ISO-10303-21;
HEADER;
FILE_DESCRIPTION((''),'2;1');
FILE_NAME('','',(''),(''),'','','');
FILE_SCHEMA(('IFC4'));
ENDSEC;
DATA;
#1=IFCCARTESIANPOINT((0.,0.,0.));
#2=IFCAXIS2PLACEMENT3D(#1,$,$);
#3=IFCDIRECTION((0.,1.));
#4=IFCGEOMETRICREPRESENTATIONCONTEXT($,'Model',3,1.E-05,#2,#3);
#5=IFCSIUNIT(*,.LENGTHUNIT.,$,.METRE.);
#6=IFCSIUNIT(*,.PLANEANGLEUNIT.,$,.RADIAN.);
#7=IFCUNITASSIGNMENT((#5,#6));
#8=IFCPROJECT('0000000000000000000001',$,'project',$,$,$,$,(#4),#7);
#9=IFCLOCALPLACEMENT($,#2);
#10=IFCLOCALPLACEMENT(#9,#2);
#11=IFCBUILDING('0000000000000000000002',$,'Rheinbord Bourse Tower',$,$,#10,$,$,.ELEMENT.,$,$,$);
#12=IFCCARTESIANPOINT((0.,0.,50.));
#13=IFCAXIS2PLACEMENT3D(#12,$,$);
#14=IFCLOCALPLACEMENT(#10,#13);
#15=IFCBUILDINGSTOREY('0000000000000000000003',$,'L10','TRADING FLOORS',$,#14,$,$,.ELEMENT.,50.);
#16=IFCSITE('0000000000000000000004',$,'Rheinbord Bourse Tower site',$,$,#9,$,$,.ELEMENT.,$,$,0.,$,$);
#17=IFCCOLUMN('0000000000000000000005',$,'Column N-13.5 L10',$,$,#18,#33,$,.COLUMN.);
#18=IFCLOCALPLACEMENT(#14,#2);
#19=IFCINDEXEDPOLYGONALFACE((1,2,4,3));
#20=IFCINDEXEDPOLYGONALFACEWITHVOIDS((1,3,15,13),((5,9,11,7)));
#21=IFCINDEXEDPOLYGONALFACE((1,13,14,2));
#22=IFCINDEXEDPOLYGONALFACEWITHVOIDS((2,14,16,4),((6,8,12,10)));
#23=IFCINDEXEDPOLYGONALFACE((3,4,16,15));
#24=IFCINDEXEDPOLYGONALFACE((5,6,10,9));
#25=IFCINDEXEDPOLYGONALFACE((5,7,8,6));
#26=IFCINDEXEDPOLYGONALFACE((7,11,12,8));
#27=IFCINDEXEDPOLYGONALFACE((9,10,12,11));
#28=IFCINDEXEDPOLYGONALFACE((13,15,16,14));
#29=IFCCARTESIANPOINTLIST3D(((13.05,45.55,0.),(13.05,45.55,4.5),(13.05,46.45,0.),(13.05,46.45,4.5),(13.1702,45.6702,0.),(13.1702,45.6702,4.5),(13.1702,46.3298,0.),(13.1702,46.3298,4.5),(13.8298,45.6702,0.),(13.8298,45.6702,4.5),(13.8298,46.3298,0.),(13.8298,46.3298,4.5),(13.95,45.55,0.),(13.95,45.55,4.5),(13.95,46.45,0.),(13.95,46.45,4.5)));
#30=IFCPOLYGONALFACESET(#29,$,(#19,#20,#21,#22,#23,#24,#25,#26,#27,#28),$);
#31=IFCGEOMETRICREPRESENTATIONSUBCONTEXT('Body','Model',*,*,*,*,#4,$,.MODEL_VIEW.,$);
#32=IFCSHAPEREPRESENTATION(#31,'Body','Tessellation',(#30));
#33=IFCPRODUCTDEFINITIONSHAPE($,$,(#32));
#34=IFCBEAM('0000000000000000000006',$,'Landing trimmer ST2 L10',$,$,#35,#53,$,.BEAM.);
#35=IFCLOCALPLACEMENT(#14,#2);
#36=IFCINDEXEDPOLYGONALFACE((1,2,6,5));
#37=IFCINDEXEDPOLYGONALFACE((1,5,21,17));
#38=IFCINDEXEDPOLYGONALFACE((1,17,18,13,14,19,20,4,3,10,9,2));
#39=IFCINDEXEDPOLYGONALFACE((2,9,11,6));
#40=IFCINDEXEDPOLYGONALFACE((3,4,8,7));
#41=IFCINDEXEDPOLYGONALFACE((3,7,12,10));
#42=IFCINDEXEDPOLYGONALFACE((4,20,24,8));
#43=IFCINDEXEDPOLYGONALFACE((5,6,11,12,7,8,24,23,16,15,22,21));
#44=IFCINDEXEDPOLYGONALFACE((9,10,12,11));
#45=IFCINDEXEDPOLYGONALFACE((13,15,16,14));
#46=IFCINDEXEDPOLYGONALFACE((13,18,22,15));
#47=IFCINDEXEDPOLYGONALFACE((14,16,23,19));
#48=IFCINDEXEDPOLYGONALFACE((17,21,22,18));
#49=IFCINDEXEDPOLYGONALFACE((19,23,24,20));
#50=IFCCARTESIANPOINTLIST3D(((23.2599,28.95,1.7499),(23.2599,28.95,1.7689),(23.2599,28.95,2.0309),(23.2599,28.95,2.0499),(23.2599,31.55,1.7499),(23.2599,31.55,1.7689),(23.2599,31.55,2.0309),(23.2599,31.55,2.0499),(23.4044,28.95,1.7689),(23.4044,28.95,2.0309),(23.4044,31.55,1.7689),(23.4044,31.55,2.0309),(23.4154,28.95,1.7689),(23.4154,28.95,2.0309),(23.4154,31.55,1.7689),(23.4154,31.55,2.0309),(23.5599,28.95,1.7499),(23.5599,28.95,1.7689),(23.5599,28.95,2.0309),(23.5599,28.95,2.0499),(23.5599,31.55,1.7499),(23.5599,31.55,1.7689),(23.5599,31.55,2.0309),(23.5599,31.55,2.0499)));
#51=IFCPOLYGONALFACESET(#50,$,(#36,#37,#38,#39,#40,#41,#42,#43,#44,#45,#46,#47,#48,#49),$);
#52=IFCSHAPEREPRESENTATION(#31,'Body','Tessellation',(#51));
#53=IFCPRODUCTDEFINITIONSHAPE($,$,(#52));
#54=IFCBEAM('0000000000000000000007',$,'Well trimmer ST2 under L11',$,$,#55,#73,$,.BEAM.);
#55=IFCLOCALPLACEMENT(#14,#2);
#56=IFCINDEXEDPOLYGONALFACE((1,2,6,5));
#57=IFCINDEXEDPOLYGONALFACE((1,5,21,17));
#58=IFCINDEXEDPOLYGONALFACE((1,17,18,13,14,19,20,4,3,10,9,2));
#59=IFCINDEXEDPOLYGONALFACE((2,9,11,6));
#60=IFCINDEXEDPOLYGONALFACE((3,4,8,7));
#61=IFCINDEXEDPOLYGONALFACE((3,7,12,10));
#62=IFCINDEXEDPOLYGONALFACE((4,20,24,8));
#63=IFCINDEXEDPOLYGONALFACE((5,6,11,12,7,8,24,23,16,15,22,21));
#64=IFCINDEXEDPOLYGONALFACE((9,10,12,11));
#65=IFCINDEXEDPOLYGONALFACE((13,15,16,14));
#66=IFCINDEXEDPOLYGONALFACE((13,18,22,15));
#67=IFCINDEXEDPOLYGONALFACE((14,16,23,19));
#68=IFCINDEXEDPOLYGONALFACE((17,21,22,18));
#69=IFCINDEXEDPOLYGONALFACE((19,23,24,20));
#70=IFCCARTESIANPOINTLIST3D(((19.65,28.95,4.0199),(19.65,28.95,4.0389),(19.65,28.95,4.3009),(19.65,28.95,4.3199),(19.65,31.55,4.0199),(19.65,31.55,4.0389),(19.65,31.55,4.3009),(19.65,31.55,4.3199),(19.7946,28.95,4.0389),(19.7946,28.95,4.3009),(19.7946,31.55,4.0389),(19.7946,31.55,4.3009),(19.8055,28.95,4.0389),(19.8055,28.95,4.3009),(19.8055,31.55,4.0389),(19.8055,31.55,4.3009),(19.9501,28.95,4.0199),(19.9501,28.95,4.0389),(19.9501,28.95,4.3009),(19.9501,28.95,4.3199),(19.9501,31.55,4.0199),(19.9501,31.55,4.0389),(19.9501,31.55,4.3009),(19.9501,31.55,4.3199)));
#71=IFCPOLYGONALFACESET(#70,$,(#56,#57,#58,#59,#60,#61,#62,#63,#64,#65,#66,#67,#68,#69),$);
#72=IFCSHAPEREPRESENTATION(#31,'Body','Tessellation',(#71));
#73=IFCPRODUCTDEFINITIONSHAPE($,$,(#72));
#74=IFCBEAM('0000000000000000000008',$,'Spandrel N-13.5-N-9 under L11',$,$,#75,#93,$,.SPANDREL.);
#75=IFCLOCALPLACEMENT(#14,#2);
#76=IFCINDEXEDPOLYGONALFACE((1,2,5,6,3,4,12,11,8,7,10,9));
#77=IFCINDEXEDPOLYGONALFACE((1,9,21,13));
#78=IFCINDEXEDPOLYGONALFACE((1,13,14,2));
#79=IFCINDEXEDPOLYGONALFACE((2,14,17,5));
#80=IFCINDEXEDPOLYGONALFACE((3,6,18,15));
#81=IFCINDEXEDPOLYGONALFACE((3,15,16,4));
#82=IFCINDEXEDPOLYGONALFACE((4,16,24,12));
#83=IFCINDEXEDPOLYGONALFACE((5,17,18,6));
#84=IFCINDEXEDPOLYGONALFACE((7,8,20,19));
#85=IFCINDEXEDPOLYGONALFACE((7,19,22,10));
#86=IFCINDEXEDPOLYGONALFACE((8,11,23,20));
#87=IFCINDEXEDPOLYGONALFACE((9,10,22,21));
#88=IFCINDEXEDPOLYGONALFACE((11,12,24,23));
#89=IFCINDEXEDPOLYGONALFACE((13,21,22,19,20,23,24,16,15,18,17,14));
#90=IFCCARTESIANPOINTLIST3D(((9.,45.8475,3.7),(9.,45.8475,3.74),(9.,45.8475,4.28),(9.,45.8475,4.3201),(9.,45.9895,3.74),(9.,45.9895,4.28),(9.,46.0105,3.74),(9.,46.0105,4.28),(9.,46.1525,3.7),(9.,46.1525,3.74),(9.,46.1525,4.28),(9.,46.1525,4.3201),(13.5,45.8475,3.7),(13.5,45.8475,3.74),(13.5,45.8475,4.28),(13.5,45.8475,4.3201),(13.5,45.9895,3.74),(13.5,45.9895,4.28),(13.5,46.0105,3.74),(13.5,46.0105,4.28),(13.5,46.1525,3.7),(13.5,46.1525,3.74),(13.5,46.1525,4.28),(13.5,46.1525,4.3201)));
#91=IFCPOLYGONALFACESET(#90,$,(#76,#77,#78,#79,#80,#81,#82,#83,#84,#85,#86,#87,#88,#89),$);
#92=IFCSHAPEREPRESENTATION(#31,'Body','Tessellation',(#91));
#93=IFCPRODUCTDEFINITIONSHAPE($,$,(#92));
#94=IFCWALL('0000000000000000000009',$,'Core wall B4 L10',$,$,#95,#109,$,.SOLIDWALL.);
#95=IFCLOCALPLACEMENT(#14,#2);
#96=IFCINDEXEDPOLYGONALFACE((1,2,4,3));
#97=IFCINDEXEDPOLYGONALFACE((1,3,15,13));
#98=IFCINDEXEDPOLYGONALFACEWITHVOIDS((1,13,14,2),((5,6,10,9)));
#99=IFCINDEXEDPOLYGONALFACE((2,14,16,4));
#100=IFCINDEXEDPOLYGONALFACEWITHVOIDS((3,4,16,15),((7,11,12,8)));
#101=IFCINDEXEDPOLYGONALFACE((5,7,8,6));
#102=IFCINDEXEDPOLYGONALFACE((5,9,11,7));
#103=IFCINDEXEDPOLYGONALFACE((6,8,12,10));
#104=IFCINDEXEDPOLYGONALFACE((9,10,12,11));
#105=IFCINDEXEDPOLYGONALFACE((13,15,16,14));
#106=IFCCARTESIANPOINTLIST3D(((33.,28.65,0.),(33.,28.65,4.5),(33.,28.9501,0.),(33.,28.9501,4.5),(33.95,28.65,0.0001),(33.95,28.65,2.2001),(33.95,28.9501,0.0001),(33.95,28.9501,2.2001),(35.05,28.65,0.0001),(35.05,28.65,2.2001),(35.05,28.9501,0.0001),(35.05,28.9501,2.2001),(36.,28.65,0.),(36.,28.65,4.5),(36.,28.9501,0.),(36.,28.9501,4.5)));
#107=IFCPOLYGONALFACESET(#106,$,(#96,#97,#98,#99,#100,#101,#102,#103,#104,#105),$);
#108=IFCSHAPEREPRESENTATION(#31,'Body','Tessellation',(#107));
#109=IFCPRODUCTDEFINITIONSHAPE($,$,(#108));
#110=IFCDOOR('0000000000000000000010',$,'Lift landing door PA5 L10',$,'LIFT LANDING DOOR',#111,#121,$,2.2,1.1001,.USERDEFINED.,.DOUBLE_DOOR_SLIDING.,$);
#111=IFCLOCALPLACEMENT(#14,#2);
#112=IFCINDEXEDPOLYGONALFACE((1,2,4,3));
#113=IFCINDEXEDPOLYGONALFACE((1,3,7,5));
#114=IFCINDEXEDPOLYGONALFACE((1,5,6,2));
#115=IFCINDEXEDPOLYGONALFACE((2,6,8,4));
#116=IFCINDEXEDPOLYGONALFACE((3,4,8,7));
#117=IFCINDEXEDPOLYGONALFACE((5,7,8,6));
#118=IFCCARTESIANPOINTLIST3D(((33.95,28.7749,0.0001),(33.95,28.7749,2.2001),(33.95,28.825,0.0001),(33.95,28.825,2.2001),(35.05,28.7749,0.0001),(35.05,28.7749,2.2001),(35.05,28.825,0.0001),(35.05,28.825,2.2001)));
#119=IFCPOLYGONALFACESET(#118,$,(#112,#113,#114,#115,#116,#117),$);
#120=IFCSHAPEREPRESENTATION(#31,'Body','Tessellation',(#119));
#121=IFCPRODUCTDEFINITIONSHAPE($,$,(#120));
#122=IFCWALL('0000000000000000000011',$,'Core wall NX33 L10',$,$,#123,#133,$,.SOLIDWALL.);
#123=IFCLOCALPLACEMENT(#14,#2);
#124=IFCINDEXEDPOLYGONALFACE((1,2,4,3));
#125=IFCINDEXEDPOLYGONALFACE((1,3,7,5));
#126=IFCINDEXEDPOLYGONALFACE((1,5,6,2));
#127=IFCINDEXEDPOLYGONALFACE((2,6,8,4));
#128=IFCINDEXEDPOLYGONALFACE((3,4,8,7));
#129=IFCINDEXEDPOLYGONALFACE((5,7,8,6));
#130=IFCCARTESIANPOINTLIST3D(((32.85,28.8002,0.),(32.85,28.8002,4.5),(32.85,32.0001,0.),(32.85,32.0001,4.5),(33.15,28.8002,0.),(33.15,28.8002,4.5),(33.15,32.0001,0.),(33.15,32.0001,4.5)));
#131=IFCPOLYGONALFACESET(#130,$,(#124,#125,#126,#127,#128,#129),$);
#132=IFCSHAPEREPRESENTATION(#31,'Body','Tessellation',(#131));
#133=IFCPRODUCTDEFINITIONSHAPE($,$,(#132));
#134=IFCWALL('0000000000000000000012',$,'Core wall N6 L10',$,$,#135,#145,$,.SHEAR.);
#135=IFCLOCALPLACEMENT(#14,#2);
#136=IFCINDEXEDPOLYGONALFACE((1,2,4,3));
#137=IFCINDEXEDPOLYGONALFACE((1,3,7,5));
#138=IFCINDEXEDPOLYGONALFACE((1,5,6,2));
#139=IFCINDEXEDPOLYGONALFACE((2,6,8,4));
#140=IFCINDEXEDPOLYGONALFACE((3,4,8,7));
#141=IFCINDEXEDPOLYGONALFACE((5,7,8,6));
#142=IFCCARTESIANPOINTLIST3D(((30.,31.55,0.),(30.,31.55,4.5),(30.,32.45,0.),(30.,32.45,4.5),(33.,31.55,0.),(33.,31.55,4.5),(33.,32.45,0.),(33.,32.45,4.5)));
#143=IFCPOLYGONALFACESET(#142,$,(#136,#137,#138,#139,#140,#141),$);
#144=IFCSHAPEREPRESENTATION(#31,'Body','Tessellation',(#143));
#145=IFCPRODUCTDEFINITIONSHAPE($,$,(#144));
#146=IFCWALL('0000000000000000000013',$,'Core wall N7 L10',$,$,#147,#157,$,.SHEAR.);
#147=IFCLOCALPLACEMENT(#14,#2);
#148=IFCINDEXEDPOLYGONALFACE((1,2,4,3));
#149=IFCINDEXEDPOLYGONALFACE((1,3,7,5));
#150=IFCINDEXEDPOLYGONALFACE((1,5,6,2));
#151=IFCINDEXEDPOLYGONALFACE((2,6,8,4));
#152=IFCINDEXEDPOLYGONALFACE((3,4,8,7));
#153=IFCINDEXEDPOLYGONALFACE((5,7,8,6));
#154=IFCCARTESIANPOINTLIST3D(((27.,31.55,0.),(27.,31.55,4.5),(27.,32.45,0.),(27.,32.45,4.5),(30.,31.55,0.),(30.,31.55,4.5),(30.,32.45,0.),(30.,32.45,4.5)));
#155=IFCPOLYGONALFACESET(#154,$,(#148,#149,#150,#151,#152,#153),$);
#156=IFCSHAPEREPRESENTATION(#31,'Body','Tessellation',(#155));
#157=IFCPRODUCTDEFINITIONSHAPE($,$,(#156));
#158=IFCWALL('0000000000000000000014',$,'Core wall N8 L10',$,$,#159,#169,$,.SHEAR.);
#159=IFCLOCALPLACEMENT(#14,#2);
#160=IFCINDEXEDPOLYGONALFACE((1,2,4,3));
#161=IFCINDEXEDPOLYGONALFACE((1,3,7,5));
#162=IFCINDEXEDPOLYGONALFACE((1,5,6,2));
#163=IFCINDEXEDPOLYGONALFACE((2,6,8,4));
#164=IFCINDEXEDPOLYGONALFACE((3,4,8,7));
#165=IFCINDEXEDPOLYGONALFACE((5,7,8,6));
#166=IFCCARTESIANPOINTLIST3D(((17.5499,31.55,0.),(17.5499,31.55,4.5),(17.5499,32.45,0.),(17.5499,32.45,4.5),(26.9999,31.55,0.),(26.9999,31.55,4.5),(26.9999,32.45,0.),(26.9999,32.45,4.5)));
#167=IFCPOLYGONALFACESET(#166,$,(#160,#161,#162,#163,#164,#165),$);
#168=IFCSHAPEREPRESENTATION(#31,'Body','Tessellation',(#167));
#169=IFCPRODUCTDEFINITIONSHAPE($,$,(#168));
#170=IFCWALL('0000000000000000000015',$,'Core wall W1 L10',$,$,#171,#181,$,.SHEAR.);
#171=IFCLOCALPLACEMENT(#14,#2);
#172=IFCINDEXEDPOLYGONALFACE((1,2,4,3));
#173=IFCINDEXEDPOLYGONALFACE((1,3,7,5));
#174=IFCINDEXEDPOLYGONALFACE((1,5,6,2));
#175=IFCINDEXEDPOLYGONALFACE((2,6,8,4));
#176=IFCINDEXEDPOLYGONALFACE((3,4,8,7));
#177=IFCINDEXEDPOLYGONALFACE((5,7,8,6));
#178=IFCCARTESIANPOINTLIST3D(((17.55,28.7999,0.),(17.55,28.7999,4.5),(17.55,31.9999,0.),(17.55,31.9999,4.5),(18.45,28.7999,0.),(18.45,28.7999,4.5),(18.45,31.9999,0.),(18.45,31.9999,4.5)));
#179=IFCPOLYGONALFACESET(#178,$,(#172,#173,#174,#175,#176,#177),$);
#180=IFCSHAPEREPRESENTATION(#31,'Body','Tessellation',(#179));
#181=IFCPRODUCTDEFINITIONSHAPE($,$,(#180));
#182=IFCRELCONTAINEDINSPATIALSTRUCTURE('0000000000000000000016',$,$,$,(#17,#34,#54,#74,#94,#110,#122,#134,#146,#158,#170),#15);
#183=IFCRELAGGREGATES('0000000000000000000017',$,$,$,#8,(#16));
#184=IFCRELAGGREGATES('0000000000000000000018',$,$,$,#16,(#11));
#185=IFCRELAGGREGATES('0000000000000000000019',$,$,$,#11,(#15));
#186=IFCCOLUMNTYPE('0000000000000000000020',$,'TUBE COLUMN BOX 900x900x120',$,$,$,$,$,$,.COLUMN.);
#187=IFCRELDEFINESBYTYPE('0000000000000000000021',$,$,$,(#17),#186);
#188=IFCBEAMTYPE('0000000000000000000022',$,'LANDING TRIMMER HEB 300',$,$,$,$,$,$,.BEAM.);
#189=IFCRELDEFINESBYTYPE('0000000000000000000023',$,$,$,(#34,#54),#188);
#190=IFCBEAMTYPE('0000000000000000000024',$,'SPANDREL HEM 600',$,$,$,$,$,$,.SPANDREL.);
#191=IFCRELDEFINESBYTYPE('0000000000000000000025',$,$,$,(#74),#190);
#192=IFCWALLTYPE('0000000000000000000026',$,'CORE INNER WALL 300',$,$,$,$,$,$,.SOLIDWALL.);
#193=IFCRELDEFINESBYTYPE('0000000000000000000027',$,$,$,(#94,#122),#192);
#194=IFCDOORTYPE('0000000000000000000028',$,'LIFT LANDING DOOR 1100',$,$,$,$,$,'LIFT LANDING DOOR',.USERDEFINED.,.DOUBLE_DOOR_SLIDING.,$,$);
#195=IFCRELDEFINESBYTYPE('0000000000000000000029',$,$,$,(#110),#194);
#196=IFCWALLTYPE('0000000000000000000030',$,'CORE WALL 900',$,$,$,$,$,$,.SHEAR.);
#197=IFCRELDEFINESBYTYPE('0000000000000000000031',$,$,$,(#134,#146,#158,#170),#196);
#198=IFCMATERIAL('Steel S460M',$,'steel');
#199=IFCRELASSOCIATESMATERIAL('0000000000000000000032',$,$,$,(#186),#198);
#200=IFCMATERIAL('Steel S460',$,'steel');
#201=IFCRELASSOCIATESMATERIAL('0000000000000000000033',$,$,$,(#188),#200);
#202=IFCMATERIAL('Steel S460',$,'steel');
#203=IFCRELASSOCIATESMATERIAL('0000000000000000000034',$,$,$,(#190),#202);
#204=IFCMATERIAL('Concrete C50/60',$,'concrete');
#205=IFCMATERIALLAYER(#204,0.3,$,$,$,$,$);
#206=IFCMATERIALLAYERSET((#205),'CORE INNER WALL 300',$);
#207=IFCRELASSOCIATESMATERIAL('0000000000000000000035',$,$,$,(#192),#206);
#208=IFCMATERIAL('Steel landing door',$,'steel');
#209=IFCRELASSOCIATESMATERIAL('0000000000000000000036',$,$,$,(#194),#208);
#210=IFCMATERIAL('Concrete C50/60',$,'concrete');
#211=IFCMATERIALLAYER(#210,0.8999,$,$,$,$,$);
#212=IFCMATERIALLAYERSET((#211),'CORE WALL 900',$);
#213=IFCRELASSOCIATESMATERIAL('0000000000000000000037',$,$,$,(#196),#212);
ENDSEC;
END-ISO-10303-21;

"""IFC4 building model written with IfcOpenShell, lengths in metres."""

from ifc_helpers import new_model, si_unit, direction, frame, frame_2d, origin, origin_2d, place, context, subcontext, project, spatial, rectangle, hollow_rectangle, i_section, extrude, material, layer, layer_set, material_profile, profile_set, type_object, element, fill, save


model = new_model("IFC4")

# Units and contexts
model_context = context("Model", 3, precision=1e-05, world=origin(), true_north=direction((0.0, 1.0)))
body_context = subcontext(model_context, "Body", "Model", "MODEL_VIEW")
ifc_project = project(units=[si_unit("LENGTHUNIT", "METRE"), si_unit("PLANEANGLEUNIT", "RADIAN")], contexts=[model_context])

# Site, building, storey
site_placement = place(None, origin())
site = spatial("IfcSite", under=ifc_project, at=site_placement, Name="Rheinbord Bourse Tower site", CompositionType="ELEMENT", RefElevation=0.0)
building_placement = place(site_placement, origin())
building = spatial("IfcBuilding", under=site, at=building_placement, Name="Rheinbord Bourse Tower", CompositionType="ELEMENT")
storey_placement = place(building_placement, frame((0.0, 0.0, 50.0)))
storey = spatial("IfcBuildingStorey", under=building, at=storey_placement, Name="L10", Description="TRADING FLOORS", CompositionType="ELEMENT", Elevation=50.0)

# Column
ifc_material_1 = material(Name="Steel S460M", Category="steel")
ifc_material_profile_1 = material_profile(ifc_material_1, hollow_rectangle(XDim=0.8999, YDim=0.8999, WallThickness=0.1201, at=origin_2d()), Name="BOX 900x900x120")
ifc_profile_set_1 = profile_set([ifc_material_profile_1], Name="Steel S460M")
column_type = type_object("IfcColumnType", Name="TUBE COLUMN BOX 900x900x120", PredefinedType="COLUMN", material=ifc_profile_set_1)
column_placement = place(storey_placement, frame((13.5, 46.0, 0.0), z_axis=(0.0, 0.0, 1.0), x_axis=(0.0, 1.0, 0.0)))
element("IfcColumn", 1, at=column_placement, inside=storey, type_object=column_type, Name="Column N-13.5 L10", PredefinedType="COLUMN", context=body_context, shape_type="SweptSolid", body=[
    extrude(hollow_rectangle(XDim=0.8999, YDim=0.8999, WallThickness=0.1201, at=origin_2d()), origin(), (0.0, 0.0, 1.0), 4.5),
])

# Beams
ifc_material_2 = material(Name="Steel S460", Category="steel")
ifc_material_profile_2 = material_profile(ifc_material_2, i_section(OverallWidth=0.3, OverallDepth=0.3, WebThickness=0.011, FlangeThickness=0.019, at=origin_2d()), Name="HEB 300")
ifc_profile_set_2 = profile_set([ifc_material_profile_2], Name="Steel S460")
beam_type_1 = type_object("IfcBeamType", Name="LANDING TRIMMER HEB 300", PredefinedType="BEAM", material=ifc_profile_set_2)
for number, where, z_axis, x_axis, name in (
    (2, (23.4099, 28.95, 1.8999), (0.0, 1.0, 0.0), (-1.0, 0.0, 0.0), "Landing trimmer ST2 L10"),
    (3, (19.8, 28.95, 4.1699), (0.0, 1.0, 0.0), (-1.0, 0.0, 0.0), "Well trimmer ST2 under L11"),
):
    element("IfcBeam", number, at=place(storey_placement, frame(where, z_axis=z_axis, x_axis=x_axis)), inside=storey, type_object=beam_type_1, Name=name, PredefinedType="BEAM", context=body_context, shape_type="SweptSolid", body=[
        extrude(i_section(OverallWidth=0.3, OverallDepth=0.3, WebThickness=0.011, FlangeThickness=0.019, at=origin_2d()), origin(), (0.0, 0.0, 1.0), 2.6001),
    ])
ifc_material_3 = material(Name="Steel S460", Category="steel")
ifc_material_profile_3 = material_profile(ifc_material_3, i_section(OverallWidth=0.3049, OverallDepth=0.6201, WebThickness=0.021, FlangeThickness=0.04, at=origin_2d()), Name="HEM 600")
ifc_profile_set_3 = profile_set([ifc_material_profile_3], Name="Steel S460")
beam_type_2 = type_object("IfcBeamType", Name="SPANDREL HEM 600", PredefinedType="SPANDREL", material=ifc_profile_set_3)
beam_placement = place(storey_placement, frame((13.5, 46.0, 4.01), z_axis=(-1.0, 0.0, 0.0), x_axis=(0.0, -1.0, 0.0)))
element("IfcBeam", 4, at=beam_placement, inside=storey, type_object=beam_type_2, Name="Spandrel N-13.5-N-9 under L11", PredefinedType="SPANDREL", context=body_context, shape_type="SweptSolid", body=[
    extrude(i_section(OverallWidth=0.3049, OverallDepth=0.6201, WebThickness=0.021, FlangeThickness=0.04, at=origin_2d()), origin(), (0.0, 0.0, 1.0), 4.5),
])

# Wall, opening, door
ifc_material_4 = material(Name="Concrete C50/60", Category="concrete")
ifc_layer_1 = layer(ifc_material_4, 0.3)
ifc_layer_set_1 = layer_set([ifc_layer_1], Name="CORE INNER WALL 300")
wall_type_1 = type_object("IfcWallType", Name="CORE INNER WALL 300", PredefinedType="SOLIDWALL", material=ifc_layer_set_1)
wall_1_placement = place(storey_placement, frame((33.0, 28.8, 0.0), z_axis=(0.0, 0.0, 1.0), x_axis=(1.0, 0.0, 0.0)))
wall_1 = element("IfcWall", 5, at=wall_1_placement, inside=storey, type_object=wall_type_1, Name="Core wall B4 L10", PredefinedType="SOLIDWALL", context=body_context, shape_type="SweptSolid", body=[
    extrude(rectangle(XDim=3.0, YDim=0.3, at=frame_2d((1.5, 0.0))), origin(), (0.0, 0.0, 1.0), 4.5),
])
opening_1_placement = place(wall_1_placement, frame((0.95, 0.0, 0.0)))
opening_1 = element("IfcOpeningElement", 6, at=opening_1_placement, cuts=wall_1, PredefinedType="OPENING", context=body_context, shape_type="SweptSolid", body=[
    extrude(rectangle(XDim=1.1001, YDim=2.2, at=frame_2d((0.55, 1.1001))), frame((0.0, 0.1599, 0.0), z_axis=(0.0, -1.0, 0.0), x_axis=(1.0, 0.0, 0.0)), (0.0, 0.0, 1.0), 0.3201),
])
ifc_material_5 = material(Name="Steel landing door", Category="steel")
door_type_1 = type_object("IfcDoorType", Name="LIFT LANDING DOOR 1100", ElementType="LIFT LANDING DOOR", OperationType="DOUBLE_DOOR_SLIDING", PredefinedType="USERDEFINED", material=ifc_material_5)
door_1_placement = place(opening_1_placement, origin())
door_1 = element("IfcDoor", 7, at=door_1_placement, inside=storey, type_object=door_type_1, Name="Lift landing door PA5 L10", ObjectType="LIFT LANDING DOOR", OperationType="DOUBLE_DOOR_SLIDING", OverallHeight=2.2, OverallWidth=1.1001, PredefinedType="USERDEFINED", context=body_context, shape_type="SweptSolid", body=[
    extrude(rectangle(XDim=1.1001, YDim=2.2, at=frame_2d((0.55, 1.1001))), frame((0.0, 0.0249, 0.0), z_axis=(0.0, -1.0, 0.0), x_axis=(1.0, 0.0, 0.0)), (0.0, 0.0, 1.0), 0.05),
])
fill(opening_1, door_1)

# Walls
wall_2_placement = place(storey_placement, frame((33.0, 28.8, 0.0), z_axis=(0.0, 0.0, 1.0), x_axis=(0.0, 1.0, 0.0)))
element("IfcWall", 8, at=wall_2_placement, inside=storey, type_object=wall_type_1, Name="Core wall NX33 L10", PredefinedType="SOLIDWALL", context=body_context, shape_type="SweptSolid", body=[
    extrude(rectangle(XDim=3.2, YDim=0.3, at=frame_2d((1.6001, 0.0))), origin(), (0.0, 0.0, 1.0), 4.5),
])
ifc_material_6 = material(Name="Concrete C50/60", Category="concrete")
ifc_layer_2 = layer(ifc_material_6, 0.8999)
ifc_layer_set_2 = layer_set([ifc_layer_2], Name="CORE WALL 900")
wall_type_2 = type_object("IfcWallType", Name="CORE WALL 900", PredefinedType="SHEAR", material=ifc_layer_set_2)
for number, where, z_axis, x_axis, name in (
    (9, (33.0, 32.0, 0.0), (0.0, 0.0, 1.0), (-1.0, 0.0, 0.0), "Core wall N6 L10"),
    (10, (30.0, 32.0, 0.0), (0.0, 0.0, 1.0), (-1.0, 0.0, 0.0), "Core wall N7 L10"),
):
    element("IfcWall", number, at=place(storey_placement, frame(where, z_axis=z_axis, x_axis=x_axis)), inside=storey, type_object=wall_type_2, Name=name, PredefinedType="SHEAR", context=body_context, shape_type="SweptSolid", body=[
        extrude(rectangle(XDim=3.0, YDim=0.8999, at=frame_2d((1.5, 0.0))), origin(), (0.0, 0.0, 1.0), 4.5),
    ])
wall_3_placement = place(storey_placement, frame((27.0, 32.0, 0.0), z_axis=(0.0, 0.0, 1.0), x_axis=(-1.0, 0.0, 0.0)))
element("IfcWall", 11, at=wall_3_placement, inside=storey, type_object=wall_type_2, Name="Core wall N8 L10", PredefinedType="SHEAR", context=body_context, shape_type="SweptSolid", body=[
    extrude(rectangle(XDim=9.45, YDim=0.8999, at=frame_2d((4.7251, 0.0))), origin(), (0.0, 0.0, 1.0), 4.5),
])
wall_4_placement = place(storey_placement, frame((18.0, 32.0, 0.0), z_axis=(0.0, 0.0, 1.0), x_axis=(0.0, -1.0, 0.0)))
element("IfcWall", 12, at=wall_4_placement, inside=storey, type_object=wall_type_2, Name="Core wall W1 L10", PredefinedType="SHEAR", context=body_context, shape_type="SweptSolid", body=[
    extrude(rectangle(XDim=3.2, YDim=0.8999, at=frame_2d((1.6001, 0.0))), origin(), (0.0, 0.0, 1.0), 4.5),
])

save(model, "model.ifc")
